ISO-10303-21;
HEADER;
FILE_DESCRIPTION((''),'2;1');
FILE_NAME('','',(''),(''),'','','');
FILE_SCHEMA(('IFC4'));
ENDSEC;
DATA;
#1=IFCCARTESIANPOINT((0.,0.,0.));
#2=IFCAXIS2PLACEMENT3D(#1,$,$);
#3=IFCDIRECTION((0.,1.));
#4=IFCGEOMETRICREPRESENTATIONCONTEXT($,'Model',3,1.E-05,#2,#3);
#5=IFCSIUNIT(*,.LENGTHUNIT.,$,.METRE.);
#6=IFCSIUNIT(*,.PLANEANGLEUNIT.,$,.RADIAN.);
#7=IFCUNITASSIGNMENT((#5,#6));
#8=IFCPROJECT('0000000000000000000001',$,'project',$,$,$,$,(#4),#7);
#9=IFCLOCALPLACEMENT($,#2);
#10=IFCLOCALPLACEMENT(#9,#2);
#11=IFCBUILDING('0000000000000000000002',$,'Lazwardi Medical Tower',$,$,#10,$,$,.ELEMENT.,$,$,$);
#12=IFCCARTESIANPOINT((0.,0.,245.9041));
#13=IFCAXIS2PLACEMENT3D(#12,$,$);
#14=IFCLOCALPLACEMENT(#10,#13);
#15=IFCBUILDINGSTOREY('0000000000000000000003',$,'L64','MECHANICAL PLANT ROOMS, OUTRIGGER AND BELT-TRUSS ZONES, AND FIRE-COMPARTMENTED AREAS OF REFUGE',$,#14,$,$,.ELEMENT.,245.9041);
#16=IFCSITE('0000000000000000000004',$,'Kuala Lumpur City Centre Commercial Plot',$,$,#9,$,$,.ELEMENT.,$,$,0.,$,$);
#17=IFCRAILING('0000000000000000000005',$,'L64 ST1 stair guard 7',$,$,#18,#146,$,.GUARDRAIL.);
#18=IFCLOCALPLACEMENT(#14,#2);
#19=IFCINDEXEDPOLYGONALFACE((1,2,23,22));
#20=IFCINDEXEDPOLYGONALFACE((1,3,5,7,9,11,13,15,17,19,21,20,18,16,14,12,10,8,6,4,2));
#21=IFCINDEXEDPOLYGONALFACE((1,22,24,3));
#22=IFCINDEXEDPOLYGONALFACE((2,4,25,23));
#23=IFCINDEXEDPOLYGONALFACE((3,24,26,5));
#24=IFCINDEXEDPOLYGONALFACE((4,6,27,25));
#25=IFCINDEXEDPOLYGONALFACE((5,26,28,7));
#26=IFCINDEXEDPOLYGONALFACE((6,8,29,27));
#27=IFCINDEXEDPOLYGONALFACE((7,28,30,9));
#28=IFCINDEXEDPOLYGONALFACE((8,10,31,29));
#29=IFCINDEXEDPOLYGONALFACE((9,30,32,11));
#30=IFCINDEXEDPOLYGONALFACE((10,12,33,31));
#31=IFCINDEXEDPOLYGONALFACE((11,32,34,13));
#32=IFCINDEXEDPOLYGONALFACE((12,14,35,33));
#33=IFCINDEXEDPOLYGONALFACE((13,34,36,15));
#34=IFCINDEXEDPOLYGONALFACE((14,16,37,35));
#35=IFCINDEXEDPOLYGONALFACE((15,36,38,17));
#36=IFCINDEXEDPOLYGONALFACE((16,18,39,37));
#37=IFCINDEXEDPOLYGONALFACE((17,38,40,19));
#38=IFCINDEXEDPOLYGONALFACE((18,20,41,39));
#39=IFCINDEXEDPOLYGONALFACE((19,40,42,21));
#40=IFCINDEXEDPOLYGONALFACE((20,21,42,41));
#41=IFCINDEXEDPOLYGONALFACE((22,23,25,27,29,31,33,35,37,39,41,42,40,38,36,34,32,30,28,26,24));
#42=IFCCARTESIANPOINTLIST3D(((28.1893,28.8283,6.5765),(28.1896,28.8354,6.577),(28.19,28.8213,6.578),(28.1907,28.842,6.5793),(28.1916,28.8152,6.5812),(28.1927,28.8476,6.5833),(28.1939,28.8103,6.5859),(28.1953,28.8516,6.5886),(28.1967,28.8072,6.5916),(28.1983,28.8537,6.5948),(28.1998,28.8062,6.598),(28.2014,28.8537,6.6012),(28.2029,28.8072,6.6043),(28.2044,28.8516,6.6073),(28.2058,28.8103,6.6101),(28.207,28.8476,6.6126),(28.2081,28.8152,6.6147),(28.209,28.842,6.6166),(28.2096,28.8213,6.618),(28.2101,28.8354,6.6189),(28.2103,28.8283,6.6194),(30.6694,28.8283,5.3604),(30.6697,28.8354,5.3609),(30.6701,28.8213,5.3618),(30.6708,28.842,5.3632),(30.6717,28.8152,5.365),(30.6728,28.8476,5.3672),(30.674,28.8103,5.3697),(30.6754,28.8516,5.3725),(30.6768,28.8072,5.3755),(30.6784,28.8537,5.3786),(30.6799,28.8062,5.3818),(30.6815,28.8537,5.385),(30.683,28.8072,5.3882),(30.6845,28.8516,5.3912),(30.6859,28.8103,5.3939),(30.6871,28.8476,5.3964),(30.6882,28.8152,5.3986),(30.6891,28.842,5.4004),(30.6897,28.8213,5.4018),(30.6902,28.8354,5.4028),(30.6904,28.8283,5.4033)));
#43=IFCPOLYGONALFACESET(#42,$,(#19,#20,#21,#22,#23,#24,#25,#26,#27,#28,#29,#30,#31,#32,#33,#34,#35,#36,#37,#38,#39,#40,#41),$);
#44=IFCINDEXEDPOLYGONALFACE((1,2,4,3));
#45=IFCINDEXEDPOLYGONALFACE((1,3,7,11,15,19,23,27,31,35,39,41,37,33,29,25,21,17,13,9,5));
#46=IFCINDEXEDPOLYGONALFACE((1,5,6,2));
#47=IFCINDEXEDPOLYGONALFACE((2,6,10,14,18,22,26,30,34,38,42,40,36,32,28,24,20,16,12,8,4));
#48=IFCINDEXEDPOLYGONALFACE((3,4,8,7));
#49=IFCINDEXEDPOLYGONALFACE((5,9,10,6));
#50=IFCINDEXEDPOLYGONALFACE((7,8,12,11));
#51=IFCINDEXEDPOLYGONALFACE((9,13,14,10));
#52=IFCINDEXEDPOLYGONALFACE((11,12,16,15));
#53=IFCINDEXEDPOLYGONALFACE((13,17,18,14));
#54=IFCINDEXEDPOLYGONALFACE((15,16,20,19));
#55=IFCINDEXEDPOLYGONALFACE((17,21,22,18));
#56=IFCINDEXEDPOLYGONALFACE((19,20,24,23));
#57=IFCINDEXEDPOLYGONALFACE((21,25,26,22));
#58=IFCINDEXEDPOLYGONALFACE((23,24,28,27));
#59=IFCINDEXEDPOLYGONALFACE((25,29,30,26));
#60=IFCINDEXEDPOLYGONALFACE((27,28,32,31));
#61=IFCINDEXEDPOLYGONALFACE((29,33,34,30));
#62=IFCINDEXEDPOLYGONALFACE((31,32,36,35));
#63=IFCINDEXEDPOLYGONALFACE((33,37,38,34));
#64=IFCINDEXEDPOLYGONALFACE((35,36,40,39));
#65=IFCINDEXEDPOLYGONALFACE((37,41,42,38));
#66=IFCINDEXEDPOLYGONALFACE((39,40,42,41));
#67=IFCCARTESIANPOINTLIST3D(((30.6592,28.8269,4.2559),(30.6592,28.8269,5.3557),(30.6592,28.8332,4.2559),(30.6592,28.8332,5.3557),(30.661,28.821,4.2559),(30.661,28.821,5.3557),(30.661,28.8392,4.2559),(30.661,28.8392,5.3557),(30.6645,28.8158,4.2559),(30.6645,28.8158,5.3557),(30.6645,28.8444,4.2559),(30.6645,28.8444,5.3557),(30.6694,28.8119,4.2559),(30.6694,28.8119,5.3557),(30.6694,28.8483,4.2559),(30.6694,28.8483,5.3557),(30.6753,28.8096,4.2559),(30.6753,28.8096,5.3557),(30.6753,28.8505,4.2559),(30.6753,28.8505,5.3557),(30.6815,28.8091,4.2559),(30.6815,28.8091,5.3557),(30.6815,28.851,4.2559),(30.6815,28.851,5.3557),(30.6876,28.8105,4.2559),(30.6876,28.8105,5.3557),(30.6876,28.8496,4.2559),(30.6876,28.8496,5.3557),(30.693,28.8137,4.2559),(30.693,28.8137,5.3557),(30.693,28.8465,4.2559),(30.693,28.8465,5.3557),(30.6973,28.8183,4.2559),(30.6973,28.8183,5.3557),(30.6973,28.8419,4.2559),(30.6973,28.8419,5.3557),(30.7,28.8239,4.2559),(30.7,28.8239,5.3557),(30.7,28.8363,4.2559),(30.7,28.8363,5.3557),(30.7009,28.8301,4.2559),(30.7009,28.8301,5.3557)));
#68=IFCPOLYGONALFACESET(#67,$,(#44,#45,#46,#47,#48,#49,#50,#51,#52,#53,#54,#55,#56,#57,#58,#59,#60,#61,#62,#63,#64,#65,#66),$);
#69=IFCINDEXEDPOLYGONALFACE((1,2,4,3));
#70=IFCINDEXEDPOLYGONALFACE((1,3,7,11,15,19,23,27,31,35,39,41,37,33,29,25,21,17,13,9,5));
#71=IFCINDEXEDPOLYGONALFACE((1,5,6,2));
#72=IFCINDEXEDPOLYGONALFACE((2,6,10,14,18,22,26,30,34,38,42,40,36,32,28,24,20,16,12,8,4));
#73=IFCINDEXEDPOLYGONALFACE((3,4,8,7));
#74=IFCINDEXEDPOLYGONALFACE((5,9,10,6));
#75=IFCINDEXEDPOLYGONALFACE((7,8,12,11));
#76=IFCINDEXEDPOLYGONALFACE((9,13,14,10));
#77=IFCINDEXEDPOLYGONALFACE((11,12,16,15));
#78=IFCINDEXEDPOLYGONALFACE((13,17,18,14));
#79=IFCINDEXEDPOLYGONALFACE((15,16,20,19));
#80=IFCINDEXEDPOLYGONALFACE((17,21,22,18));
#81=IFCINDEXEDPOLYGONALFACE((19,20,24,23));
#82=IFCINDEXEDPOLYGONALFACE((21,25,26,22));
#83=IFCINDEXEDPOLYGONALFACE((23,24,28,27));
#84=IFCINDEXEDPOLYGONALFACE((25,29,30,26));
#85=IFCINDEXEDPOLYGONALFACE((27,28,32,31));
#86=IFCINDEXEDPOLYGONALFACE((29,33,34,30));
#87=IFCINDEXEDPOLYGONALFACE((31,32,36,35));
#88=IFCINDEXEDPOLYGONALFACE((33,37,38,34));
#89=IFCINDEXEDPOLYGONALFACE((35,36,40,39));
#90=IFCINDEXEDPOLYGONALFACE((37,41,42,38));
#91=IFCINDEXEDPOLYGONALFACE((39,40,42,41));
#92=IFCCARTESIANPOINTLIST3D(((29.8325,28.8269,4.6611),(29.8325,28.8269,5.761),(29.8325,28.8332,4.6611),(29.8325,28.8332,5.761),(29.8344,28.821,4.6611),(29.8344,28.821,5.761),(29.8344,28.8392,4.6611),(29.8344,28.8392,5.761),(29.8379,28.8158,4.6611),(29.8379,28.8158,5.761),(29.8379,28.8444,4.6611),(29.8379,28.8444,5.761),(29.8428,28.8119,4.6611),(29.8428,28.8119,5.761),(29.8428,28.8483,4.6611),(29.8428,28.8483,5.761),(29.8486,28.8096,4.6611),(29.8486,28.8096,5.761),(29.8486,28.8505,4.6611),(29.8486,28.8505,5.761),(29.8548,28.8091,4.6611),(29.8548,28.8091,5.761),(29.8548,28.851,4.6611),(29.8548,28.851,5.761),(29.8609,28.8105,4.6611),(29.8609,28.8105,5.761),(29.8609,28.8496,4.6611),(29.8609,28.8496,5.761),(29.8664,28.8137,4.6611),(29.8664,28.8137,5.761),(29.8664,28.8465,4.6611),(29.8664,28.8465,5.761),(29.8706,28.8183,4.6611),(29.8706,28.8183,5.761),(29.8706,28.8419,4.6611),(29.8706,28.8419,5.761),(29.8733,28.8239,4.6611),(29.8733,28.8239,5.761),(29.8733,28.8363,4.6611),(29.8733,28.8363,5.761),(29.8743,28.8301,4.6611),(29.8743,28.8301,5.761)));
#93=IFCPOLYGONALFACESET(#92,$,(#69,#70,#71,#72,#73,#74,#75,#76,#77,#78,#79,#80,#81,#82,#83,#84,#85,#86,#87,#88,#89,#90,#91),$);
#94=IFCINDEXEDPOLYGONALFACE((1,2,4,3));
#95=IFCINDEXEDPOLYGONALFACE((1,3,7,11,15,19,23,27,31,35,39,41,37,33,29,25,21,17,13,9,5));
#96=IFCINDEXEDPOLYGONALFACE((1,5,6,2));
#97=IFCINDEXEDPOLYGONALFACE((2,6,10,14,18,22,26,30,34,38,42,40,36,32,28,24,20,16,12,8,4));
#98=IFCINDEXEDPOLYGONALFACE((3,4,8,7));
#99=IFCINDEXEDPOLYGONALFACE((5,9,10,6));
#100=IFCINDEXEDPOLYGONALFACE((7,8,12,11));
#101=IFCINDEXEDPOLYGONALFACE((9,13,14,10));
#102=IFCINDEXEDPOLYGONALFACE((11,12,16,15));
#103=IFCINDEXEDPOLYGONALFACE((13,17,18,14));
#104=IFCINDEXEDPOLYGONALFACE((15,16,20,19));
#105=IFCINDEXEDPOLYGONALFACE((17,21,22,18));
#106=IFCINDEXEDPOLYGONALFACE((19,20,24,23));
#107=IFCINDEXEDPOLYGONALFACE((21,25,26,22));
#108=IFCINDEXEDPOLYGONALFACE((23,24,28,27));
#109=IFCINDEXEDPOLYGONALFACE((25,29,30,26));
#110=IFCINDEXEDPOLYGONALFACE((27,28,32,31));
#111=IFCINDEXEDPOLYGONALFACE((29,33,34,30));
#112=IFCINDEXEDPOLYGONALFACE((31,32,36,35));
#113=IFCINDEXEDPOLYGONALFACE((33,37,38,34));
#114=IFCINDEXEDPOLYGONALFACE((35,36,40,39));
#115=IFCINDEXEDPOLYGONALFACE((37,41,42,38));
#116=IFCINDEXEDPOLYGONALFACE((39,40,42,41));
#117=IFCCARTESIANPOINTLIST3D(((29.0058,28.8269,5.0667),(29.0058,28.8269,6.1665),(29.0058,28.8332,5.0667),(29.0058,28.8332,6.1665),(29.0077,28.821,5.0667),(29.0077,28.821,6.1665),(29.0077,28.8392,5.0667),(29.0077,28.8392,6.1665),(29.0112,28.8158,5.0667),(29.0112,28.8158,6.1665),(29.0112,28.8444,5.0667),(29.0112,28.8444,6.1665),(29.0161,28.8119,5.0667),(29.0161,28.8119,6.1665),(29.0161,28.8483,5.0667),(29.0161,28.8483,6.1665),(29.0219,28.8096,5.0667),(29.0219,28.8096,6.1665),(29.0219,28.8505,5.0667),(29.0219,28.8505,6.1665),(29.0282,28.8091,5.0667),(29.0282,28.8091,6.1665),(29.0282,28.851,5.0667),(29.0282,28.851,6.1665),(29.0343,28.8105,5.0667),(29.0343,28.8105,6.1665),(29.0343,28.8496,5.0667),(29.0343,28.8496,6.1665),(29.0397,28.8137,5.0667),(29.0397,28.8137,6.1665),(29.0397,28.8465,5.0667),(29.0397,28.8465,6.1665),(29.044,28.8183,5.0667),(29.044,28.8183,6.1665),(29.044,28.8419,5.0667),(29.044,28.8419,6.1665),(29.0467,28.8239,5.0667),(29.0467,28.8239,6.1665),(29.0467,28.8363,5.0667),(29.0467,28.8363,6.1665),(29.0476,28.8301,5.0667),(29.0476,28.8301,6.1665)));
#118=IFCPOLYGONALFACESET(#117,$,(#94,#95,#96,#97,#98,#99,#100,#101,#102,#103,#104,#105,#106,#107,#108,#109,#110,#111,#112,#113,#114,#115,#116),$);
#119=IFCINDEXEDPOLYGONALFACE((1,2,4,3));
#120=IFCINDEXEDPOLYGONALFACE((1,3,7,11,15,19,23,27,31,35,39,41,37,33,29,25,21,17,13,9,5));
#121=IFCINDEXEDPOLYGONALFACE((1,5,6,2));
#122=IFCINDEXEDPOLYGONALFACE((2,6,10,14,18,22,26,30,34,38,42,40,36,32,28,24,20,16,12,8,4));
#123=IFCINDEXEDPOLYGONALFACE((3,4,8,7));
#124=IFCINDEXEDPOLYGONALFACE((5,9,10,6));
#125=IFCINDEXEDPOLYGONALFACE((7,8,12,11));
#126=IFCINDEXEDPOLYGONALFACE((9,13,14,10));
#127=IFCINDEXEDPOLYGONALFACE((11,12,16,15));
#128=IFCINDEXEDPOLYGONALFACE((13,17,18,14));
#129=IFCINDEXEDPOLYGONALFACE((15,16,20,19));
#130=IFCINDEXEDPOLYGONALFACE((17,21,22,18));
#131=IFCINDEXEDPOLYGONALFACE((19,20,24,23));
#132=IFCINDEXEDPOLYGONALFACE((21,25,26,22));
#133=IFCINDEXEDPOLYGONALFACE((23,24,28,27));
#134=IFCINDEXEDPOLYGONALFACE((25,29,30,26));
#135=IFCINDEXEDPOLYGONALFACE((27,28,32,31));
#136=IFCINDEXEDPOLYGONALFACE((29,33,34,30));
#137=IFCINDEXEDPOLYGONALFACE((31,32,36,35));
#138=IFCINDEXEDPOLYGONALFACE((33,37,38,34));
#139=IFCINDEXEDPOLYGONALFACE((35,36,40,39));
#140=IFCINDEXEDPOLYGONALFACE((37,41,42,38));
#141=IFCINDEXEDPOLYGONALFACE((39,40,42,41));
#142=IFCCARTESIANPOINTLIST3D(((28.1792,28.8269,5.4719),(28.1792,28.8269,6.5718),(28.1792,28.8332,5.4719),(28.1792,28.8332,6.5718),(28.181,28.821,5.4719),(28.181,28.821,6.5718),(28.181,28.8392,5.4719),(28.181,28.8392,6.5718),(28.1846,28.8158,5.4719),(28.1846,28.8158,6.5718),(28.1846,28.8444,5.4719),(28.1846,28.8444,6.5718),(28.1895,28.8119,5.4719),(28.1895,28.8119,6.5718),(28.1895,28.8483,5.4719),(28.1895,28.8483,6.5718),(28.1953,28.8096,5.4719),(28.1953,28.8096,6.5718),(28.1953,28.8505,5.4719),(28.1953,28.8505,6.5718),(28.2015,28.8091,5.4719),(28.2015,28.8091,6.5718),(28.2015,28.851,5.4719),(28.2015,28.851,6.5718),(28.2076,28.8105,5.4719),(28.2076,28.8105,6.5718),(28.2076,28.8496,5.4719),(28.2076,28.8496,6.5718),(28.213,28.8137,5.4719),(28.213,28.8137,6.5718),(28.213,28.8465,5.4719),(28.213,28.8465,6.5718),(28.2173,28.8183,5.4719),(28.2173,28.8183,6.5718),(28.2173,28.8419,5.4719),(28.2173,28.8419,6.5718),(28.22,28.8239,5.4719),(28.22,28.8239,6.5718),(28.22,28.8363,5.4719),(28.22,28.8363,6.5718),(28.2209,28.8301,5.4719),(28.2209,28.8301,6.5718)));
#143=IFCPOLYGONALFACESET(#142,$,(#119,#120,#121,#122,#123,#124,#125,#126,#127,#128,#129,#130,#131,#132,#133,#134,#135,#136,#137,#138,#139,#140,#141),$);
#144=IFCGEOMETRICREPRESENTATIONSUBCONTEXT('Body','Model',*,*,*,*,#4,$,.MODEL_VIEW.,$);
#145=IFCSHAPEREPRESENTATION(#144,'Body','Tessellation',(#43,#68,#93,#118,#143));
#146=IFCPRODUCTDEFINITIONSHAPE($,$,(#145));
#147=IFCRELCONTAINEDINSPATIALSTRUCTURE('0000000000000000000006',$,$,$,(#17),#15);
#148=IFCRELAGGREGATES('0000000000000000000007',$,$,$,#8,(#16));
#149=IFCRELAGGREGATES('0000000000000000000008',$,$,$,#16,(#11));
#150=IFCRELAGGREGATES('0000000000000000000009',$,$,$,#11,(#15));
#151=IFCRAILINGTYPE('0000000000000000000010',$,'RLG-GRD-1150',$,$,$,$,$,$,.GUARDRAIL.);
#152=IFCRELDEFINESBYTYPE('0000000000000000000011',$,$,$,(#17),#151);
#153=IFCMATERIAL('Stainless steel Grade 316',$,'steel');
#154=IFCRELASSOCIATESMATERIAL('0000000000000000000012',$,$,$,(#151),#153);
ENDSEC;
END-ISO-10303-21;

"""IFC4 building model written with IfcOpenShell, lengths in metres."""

from ifc_helpers import new_model, si_unit, direction, frame, origin, origin_2d, place, context, subcontext, project, spatial, circle, extrude, material, type_object, element, save


model = new_model("IFC4")

# Units and contexts
model_context = context("Model", 3, precision=1e-05, world=origin(), true_north=direction((0.0, 1.0)))
body_context = subcontext(model_context, "Body", "Model", "MODEL_VIEW")
ifc_project = project(units=[si_unit("LENGTHUNIT", "METRE"), si_unit("PLANEANGLEUNIT", "RADIAN")], contexts=[model_context])

# Site, building, storey
site_placement = place(None, origin())
site = spatial("IfcSite", under=ifc_project, at=site_placement, Name="Kuala Lumpur City Centre Commercial Plot", CompositionType="ELEMENT", RefElevation=0.0)
building_placement = place(site_placement, origin())
building = spatial("IfcBuilding", under=site, at=building_placement, Name="Lazwardi Medical Tower", CompositionType="ELEMENT")
storey_placement = place(building_placement, frame((0.0, 0.0, 245.9041)))
storey = spatial("IfcBuildingStorey", under=building, at=storey_placement, Name="L64", Description="MECHANICAL PLANT ROOMS, OUTRIGGER AND BELT-TRUSS ZONES, AND FIRE-COMPARTMENTED AREAS OF REFUGE", CompositionType="ELEMENT", Elevation=245.9041)

# Railing
ifc_material_1 = material(Name="Stainless steel Grade 316", Category="steel")
railing_type_1 = type_object("IfcRailingType", Name="RLG-GRD-1150", PredefinedType="GUARDRAIL", material=ifc_material_1)
railing_1_placement = place(storey_placement, frame((30.6799, 28.8301, 4.2559)))
element("IfcRailing", 1, at=railing_1_placement, inside=storey, type_object=railing_type_1, Name="L64 ST1 stair guard 7", PredefinedType="GUARDRAIL", context=body_context, shape_type="SweptSolid", body=[
    extrude(circle(Radius=0.0239, at=origin_2d()), frame((0.0, 0.0, 1.126), z_axis=(-0.897865, 0.0, 0.44027), x_axis=(0.0, -1.0, 0.0)), (0.0, 0.0, 1.0), 2.7622),
    extrude(circle(Radius=0.021, at=origin_2d()), origin(), (0.0, 0.0, 1.0), 1.0999),
    extrude(circle(Radius=0.021, at=origin_2d()), frame((-0.8267, 0.0, 0.4053)), (0.0, 0.0, 1.0), 1.0999),
    extrude(circle(Radius=0.021, at=origin_2d()), frame((-1.6533, 0.0, 0.8108)), (0.0, 0.0, 1.0), 1.0999),
    extrude(circle(Radius=0.021, at=origin_2d()), frame((-2.48, 0.0, 1.2161)), (0.0, 0.0, 1.0), 1.0999),
])

save(model, "model.ifc")
